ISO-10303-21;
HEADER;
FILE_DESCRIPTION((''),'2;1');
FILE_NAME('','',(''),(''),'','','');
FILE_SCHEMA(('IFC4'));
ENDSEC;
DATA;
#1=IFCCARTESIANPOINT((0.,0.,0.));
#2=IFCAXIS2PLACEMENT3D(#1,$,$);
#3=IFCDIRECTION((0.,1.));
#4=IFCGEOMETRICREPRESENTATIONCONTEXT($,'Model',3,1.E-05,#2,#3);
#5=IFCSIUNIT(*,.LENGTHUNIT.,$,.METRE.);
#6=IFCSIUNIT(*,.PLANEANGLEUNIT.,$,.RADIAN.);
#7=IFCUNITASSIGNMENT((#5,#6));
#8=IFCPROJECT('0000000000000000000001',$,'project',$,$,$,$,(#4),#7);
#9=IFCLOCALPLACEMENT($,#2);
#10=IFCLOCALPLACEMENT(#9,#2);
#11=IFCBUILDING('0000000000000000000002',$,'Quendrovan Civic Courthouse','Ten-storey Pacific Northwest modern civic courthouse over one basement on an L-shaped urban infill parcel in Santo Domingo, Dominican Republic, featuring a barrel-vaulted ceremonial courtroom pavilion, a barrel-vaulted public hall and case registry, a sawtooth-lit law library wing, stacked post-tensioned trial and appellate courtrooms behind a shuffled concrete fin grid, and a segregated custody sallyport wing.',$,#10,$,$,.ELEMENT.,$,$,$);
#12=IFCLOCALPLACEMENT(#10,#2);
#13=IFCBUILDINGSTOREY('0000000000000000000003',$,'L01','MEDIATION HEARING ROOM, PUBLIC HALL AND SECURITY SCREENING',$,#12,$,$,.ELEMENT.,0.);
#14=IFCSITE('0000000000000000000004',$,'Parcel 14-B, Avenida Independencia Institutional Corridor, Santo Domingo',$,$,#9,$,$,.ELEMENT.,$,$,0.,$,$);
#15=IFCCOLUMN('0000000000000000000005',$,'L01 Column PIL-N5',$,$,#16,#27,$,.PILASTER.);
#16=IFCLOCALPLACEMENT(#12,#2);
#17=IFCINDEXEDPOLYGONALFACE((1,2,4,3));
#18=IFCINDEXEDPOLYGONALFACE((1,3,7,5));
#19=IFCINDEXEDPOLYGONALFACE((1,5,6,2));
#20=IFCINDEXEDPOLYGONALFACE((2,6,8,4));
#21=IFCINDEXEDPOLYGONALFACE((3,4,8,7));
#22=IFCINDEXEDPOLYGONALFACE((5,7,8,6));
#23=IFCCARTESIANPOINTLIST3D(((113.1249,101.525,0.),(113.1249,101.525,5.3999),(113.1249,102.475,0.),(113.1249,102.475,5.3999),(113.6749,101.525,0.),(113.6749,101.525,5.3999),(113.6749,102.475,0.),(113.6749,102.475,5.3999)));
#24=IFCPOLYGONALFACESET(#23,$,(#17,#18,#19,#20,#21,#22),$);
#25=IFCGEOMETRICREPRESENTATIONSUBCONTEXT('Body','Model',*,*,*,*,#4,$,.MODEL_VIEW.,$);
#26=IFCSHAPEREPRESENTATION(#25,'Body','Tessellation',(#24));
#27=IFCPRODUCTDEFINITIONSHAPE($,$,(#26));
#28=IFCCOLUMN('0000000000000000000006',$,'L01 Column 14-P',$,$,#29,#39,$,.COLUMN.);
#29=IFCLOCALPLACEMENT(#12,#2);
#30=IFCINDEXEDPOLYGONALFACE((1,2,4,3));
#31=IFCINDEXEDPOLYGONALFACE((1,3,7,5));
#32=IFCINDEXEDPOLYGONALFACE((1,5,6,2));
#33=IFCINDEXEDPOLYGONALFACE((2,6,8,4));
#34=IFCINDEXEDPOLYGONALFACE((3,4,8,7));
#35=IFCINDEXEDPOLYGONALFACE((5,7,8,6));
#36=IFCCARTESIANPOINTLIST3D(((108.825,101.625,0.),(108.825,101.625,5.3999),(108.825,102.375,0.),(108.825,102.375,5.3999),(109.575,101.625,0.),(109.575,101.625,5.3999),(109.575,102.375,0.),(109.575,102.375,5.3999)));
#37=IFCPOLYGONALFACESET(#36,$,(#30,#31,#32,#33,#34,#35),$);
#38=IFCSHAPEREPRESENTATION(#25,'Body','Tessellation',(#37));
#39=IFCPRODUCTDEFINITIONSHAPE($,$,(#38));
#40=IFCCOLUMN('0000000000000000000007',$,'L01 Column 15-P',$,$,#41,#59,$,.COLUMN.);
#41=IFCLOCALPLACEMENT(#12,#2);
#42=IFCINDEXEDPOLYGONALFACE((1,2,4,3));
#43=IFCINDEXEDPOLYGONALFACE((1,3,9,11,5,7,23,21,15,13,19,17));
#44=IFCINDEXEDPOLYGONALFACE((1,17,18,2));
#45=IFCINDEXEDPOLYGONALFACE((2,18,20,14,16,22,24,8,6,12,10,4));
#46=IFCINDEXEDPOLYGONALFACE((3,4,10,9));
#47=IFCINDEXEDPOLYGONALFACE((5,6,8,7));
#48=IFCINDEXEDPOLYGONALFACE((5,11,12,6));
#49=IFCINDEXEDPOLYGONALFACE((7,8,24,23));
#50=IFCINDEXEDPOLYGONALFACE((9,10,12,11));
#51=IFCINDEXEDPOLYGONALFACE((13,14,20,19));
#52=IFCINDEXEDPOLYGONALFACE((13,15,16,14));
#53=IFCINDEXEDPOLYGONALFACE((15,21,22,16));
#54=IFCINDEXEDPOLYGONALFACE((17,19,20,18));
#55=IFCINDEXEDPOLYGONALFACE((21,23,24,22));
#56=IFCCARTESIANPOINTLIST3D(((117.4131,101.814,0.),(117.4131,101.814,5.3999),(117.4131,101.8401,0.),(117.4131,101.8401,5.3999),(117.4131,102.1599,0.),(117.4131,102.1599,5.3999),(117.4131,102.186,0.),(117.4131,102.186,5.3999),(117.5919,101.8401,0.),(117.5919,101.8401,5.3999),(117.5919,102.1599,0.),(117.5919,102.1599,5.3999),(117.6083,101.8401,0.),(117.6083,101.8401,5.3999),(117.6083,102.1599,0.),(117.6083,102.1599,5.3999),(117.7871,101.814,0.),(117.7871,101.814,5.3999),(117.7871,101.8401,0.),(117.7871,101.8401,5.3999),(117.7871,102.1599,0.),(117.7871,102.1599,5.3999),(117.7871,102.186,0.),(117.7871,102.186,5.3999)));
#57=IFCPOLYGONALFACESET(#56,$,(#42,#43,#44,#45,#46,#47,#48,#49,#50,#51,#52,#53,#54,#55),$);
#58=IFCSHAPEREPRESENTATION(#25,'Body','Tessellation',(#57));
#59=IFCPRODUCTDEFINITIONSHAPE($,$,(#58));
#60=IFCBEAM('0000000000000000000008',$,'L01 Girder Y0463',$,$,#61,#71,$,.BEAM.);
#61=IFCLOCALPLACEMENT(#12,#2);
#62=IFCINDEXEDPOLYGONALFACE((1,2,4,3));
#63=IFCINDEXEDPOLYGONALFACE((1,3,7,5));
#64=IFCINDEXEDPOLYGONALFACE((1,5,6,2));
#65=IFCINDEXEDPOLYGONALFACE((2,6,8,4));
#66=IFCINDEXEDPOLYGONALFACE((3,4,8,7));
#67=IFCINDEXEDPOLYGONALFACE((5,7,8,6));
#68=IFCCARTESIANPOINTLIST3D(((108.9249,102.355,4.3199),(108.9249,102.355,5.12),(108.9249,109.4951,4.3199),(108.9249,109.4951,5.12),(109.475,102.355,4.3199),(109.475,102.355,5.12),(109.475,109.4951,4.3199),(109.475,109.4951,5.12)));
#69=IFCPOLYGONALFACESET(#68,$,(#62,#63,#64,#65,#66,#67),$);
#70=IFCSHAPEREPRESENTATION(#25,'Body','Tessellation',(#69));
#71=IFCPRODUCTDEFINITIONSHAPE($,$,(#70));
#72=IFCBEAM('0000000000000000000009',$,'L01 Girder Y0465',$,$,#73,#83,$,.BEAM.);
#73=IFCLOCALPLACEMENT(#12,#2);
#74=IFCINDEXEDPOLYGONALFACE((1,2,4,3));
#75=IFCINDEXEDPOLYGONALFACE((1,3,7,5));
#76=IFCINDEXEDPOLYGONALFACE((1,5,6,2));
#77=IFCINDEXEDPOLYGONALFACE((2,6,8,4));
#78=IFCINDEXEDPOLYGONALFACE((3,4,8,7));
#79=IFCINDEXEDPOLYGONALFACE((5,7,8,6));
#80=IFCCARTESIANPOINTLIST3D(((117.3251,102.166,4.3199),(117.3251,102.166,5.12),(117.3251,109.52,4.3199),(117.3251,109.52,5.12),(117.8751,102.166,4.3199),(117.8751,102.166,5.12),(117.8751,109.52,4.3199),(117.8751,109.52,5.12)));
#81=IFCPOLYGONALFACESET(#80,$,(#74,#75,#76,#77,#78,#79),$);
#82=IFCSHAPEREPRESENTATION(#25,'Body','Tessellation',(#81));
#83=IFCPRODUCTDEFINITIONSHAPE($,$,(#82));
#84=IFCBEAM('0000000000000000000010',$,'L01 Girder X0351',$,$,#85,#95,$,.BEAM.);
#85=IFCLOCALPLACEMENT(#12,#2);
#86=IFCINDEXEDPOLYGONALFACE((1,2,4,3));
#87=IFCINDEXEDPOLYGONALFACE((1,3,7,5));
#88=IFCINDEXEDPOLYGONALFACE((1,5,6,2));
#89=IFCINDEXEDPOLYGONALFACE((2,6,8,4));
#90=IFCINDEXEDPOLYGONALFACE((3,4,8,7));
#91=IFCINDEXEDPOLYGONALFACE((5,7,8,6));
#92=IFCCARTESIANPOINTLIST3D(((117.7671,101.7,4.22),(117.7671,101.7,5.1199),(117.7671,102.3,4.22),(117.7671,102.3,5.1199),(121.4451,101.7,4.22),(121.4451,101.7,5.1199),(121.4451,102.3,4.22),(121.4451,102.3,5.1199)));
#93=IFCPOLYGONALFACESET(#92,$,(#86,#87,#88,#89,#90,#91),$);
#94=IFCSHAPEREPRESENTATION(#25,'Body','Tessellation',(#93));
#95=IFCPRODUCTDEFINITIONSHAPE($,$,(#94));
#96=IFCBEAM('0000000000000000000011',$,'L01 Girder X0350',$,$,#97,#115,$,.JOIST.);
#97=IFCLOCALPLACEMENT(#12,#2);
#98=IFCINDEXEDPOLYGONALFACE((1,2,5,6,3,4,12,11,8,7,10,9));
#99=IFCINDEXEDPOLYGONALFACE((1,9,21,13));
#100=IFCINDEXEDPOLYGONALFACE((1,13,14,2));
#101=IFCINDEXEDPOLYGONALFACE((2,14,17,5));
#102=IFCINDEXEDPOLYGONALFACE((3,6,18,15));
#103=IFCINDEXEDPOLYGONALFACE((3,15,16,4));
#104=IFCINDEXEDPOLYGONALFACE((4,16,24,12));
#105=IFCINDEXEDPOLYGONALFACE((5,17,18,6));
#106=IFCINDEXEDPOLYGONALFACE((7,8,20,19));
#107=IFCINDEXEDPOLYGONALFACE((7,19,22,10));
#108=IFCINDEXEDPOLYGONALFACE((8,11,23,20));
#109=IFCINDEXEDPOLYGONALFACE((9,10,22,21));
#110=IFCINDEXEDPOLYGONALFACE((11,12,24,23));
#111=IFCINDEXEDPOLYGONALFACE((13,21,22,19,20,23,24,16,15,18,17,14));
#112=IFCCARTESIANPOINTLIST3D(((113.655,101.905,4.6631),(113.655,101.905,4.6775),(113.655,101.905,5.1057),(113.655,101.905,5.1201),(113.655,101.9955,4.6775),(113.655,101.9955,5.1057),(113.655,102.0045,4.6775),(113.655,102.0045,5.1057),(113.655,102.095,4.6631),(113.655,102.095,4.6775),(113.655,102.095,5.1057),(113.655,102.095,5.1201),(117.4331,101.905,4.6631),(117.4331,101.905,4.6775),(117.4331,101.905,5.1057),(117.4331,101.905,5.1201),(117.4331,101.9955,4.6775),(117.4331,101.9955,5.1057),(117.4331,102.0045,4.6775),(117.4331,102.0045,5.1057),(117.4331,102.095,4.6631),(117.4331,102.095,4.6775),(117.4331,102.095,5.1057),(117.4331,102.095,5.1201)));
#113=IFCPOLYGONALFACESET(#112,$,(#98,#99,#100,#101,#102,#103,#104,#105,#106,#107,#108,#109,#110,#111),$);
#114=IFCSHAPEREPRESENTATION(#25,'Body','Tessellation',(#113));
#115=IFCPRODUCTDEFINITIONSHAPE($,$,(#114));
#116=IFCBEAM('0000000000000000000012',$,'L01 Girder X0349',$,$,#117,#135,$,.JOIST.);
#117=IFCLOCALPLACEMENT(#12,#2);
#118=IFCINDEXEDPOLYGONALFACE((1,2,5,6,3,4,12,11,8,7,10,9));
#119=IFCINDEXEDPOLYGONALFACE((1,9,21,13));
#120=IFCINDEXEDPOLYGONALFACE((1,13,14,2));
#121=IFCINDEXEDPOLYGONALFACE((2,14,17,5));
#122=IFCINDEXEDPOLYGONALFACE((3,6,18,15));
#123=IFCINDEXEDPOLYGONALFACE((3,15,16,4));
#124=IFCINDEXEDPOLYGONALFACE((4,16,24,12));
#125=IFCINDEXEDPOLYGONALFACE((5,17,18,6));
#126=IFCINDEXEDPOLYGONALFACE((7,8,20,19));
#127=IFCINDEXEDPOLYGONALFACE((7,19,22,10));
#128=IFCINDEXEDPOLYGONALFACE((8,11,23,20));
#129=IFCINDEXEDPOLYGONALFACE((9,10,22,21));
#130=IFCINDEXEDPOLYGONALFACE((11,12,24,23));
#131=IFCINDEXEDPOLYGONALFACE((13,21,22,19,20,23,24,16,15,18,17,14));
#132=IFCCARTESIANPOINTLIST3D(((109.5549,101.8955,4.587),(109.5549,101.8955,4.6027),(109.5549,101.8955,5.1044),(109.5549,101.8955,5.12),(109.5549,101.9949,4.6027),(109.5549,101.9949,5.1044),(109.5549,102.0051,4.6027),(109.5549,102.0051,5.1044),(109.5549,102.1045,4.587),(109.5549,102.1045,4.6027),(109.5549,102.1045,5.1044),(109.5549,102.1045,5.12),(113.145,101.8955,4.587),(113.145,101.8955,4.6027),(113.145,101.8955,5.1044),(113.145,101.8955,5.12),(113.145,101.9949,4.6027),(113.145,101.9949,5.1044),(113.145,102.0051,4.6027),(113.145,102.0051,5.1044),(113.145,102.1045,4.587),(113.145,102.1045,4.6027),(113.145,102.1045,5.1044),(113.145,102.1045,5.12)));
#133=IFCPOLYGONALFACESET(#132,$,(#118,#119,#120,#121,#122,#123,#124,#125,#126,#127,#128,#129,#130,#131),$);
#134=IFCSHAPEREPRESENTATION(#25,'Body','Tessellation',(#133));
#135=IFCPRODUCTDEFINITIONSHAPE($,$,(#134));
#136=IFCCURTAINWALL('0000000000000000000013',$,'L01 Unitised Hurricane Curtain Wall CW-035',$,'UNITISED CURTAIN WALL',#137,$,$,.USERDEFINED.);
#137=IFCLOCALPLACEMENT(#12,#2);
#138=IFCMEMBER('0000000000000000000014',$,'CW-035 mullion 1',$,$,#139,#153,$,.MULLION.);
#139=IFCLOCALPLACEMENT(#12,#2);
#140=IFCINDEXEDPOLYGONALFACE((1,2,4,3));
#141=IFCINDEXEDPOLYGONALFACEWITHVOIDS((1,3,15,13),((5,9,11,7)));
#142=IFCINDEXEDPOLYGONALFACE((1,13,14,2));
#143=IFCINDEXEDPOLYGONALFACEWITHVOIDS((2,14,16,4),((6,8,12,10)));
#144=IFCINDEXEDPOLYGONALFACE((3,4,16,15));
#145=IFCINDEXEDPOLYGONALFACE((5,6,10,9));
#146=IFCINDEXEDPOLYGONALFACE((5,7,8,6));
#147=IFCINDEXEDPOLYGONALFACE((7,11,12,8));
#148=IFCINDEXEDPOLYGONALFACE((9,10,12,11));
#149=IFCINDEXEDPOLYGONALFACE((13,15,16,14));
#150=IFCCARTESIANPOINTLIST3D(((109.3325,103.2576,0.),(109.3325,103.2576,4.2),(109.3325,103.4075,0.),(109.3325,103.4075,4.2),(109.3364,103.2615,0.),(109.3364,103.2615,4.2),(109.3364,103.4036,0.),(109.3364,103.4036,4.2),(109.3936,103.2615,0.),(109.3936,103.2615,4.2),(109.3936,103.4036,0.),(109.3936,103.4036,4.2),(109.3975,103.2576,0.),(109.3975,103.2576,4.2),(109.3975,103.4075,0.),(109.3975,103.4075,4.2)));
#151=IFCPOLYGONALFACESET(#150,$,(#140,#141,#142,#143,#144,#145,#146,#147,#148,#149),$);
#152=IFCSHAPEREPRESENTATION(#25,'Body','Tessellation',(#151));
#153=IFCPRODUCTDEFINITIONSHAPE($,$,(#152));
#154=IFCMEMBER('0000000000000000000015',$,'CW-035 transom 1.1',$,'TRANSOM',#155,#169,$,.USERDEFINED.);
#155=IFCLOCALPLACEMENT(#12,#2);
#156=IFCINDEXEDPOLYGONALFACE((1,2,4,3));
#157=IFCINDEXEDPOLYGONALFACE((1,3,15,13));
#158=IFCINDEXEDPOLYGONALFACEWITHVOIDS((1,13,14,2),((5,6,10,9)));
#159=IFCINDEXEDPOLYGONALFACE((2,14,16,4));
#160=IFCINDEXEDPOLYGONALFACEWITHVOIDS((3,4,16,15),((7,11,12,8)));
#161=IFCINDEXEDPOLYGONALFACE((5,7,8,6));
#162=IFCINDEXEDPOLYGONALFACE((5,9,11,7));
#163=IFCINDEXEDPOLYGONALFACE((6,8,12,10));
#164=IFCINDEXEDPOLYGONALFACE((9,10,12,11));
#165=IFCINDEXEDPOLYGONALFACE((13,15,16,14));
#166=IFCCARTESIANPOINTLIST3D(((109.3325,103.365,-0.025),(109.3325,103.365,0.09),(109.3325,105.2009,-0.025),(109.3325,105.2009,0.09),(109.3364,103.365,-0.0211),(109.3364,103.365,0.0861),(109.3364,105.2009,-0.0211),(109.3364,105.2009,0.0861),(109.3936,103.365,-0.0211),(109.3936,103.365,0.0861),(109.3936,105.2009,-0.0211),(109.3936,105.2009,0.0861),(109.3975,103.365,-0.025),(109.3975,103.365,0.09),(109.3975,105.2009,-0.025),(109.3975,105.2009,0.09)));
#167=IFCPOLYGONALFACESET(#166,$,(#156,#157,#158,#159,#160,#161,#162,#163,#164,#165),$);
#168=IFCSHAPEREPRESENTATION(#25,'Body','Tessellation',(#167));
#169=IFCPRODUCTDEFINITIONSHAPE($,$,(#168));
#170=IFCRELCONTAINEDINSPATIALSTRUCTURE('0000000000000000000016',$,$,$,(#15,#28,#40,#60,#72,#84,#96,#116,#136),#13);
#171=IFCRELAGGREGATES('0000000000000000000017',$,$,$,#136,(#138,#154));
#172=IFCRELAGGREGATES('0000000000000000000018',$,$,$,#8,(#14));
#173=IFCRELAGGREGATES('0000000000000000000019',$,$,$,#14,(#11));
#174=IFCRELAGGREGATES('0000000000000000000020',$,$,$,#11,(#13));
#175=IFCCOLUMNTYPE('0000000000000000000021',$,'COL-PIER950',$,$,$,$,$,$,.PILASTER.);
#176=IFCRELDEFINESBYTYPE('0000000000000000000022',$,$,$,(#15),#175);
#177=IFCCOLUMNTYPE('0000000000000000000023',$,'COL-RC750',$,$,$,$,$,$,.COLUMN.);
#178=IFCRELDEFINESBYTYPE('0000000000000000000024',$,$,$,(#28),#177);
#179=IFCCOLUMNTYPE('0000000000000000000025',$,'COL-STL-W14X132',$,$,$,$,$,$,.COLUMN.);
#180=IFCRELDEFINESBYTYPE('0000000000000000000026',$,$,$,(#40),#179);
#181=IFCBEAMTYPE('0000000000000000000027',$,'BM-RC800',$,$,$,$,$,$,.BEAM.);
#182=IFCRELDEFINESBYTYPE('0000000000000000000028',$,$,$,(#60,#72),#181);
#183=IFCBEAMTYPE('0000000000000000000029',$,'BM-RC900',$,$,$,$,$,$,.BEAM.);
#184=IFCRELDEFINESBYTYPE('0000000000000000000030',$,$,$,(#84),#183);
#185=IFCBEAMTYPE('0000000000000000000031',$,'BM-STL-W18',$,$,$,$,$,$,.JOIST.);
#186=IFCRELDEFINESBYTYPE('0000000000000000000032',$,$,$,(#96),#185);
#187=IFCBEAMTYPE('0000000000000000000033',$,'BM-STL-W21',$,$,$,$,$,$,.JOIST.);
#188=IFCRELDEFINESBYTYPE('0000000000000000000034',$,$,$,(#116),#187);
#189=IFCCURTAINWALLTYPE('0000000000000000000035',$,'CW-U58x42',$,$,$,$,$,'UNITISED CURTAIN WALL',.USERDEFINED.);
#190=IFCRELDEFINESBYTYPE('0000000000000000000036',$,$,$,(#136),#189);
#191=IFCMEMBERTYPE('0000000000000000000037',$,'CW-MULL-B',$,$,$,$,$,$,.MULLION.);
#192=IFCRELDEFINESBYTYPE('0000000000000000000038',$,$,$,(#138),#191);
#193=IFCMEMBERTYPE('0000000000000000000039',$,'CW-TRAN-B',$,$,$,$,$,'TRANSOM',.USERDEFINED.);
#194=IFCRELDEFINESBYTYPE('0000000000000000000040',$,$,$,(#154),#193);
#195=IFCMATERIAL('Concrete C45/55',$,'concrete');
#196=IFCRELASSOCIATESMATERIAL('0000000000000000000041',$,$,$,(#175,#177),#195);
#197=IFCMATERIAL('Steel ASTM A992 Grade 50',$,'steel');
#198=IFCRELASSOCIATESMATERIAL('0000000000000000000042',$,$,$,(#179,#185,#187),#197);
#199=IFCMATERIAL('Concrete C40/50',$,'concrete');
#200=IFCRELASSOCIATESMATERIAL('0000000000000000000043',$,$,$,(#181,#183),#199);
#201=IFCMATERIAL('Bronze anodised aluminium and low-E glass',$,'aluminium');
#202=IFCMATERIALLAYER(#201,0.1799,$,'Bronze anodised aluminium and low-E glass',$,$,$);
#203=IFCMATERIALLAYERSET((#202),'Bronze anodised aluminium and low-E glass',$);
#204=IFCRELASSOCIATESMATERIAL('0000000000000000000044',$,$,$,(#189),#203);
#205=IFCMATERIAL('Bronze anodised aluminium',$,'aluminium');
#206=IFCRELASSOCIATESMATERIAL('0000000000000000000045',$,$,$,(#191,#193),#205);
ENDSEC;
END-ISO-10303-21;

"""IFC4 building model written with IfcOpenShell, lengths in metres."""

from ifc_helpers import new_model, si_unit, direction, frame, origin, origin_2d, place, context, subcontext, project, spatial, rectangle, hollow_rectangle, i_section, extrude, material, layer, layer_set, material_profile, profile_set, type_object, element, aggregate, save


model = new_model("IFC4")

# Units and contexts
model_context = context("Model", 3, precision=1e-05, world=origin(), true_north=direction((0.0, 1.0)))
body_context = subcontext(model_context, "Body", "Model", "MODEL_VIEW")
ifc_project = project(units=[si_unit("LENGTHUNIT", "METRE"), si_unit("PLANEANGLEUNIT", "RADIAN")], contexts=[model_context])

# Site, building, storey
site_placement = place(None, origin())
site = spatial("IfcSite", under=ifc_project, at=site_placement, Name="Parcel 14-B, Avenida Independencia Institutional Corridor, Santo Domingo", CompositionType="ELEMENT", RefElevation=0.0)
building_placement = place(site_placement, origin())
building = spatial("IfcBuilding", under=site, at=building_placement, Name="Quendrovan Civic Courthouse", Description="Ten-storey Pacific Northwest modern civic courthouse over one basement on an L-shaped urban infill parcel in Santo Domingo, Dominican Republic, featuring a barrel-vaulted ceremonial courtroom pavilion, a barrel-vaulted public hall and case registry, a sawtooth-lit law library wing, stacked post-tensioned trial and appellate courtrooms behind a shuffled concrete fin grid, and a segregated custody sallyport wing.", CompositionType="ELEMENT")
storey_placement = place(building_placement, origin())
storey = spatial("IfcBuildingStorey", under=building, at=storey_placement, Name="L01", Description="MEDIATION HEARING ROOM, PUBLIC HALL AND SECURITY SCREENING", CompositionType="ELEMENT", Elevation=0.0)

# Columns
ifc_material_1 = material(Name="Concrete C45/55", Category="concrete")
ifc_material_profile_1 = material_profile(ifc_material_1, rectangle(XDim=0.55, YDim=0.95, at=origin_2d()), Name="RC-PIER-550x950")
ifc_profile_set_1 = profile_set([ifc_material_profile_1], Name="Concrete C45/55")
column_type_1 = type_object("IfcColumnType", Name="COL-PIER950", PredefinedType="PILASTER", material=ifc_profile_set_1)
column_1_placement = place(storey_placement, frame((113.3999, 102.0, 0.0), z_axis=(0.0, 0.0, 1.0), x_axis=(1.0, 0.0, 0.0)))
element("IfcColumn", 1, at=column_1_placement, inside=storey, type_object=column_type_1, Name="L01 Column PIL-N5", PredefinedType="PILASTER", context=body_context, shape_type="SweptSolid", body=[
    extrude(rectangle(XDim=0.55, YDim=0.95, at=origin_2d()), origin(), (0.0, 0.0, 1.0), 5.3999),
])
ifc_material_profile_2 = material_profile(ifc_material_1, rectangle(XDim=0.75, YDim=0.75, at=origin_2d()), Name="RC-COL-750x750")
ifc_profile_set_2 = profile_set([ifc_material_profile_2], Name="Concrete C45/55")
column_type_2 = type_object("IfcColumnType", Name="COL-RC750", PredefinedType="COLUMN", material=ifc_profile_set_2)
column_2_placement = place(storey_placement, frame((109.2, 102.0, 0.0), z_axis=(0.0, 0.0, 1.0), x_axis=(1.0, 0.0, 0.0)))
element("IfcColumn", 2, at=column_2_placement, inside=storey, type_object=column_type_2, Name="L01 Column 14-P", PredefinedType="COLUMN", context=body_context, shape_type="SweptSolid", body=[
    extrude(rectangle(XDim=0.75, YDim=0.75, at=origin_2d()), origin(), (0.0, 0.0, 1.0), 5.3999),
])
ifc_material_2 = material(Name="Steel ASTM A992 Grade 50", Category="steel")
ifc_material_profile_3 = material_profile(ifc_material_2, i_section(OverallWidth=0.374, OverallDepth=0.3721, WebThickness=0.0164, FlangeThickness=0.0261, at=origin_2d()), Name="W14X132")
ifc_profile_set_3 = profile_set([ifc_material_profile_3], Name="Steel ASTM A992 Grade 50")
column_type_3 = type_object("IfcColumnType", Name="COL-STL-W14X132", PredefinedType="COLUMN", material=ifc_profile_set_3)
column_3_placement = place(storey_placement, frame((117.6001, 102.0, 0.0), z_axis=(0.0, 0.0, 1.0), x_axis=(1.0, 0.0, 0.0)))
element("IfcColumn", 3, at=column_3_placement, inside=storey, type_object=column_type_3, Name="L01 Column 15-P", PredefinedType="COLUMN", context=body_context, shape_type="SweptSolid", body=[
    extrude(i_section(OverallWidth=0.374, OverallDepth=0.3721, WebThickness=0.0164, FlangeThickness=0.0261, at=origin_2d()), origin(), (0.0, 0.0, 1.0), 5.3999),
])

# Beams
ifc_material_3 = material(Name="Concrete C40/50", Category="concrete")
ifc_material_profile_4 = material_profile(ifc_material_3, rectangle(XDim=0.55, YDim=0.8, at=origin_2d()), Name="RC-BM-550x800")
ifc_profile_set_4 = profile_set([ifc_material_profile_4], Name="Concrete C40/50")
beam_type_1 = type_object("IfcBeamType", Name="BM-RC800", PredefinedType="BEAM", material=ifc_profile_set_4)
beam_1_placement = place(storey_placement, frame((109.2, 102.355, 4.72), z_axis=(0.0, 1.0, 0.0), x_axis=(-1.0, 0.0, 0.0)))
element("IfcBeam", 4, at=beam_1_placement, inside=storey, type_object=beam_type_1, Name="L01 Girder Y0463", PredefinedType="BEAM", context=body_context, shape_type="SweptSolid", body=[
    extrude(rectangle(XDim=0.55, YDim=0.8, at=origin_2d()), origin(), (0.0, 0.0, 1.0), 7.1401),
])
beam_2_placement = place(storey_placement, frame((117.6001, 102.166, 4.72), z_axis=(0.0, 1.0, 0.0), x_axis=(-1.0, 0.0, 0.0)))
element("IfcBeam", 5, at=beam_2_placement, inside=storey, type_object=beam_type_1, Name="L01 Girder Y0465", PredefinedType="BEAM", context=body_context, shape_type="SweptSolid", body=[
    extrude(rectangle(XDim=0.55, YDim=0.8, at=origin_2d()), origin(), (0.0, 0.0, 1.0), 7.354),
])
ifc_material_profile_5 = material_profile(ifc_material_3, rectangle(XDim=0.6001, YDim=0.8999, at=origin_2d()), Name="RC-BM-600x900")
ifc_profile_set_5 = profile_set([ifc_material_profile_5], Name="Concrete C40/50")
beam_type_2 = type_object("IfcBeamType", Name="BM-RC900", PredefinedType="BEAM", material=ifc_profile_set_5)
beam_3_placement = place(storey_placement, frame((117.7671, 102.0, 4.6699), z_axis=(1.0, 0.0, 0.0), x_axis=(0.0, 1.0, 0.0)))
element("IfcBeam", 6, at=beam_3_placement, inside=storey, type_object=beam_type_2, Name="L01 Girder X0351", PredefinedType="BEAM", context=body_context, shape_type="SweptSolid", body=[
    extrude(rectangle(XDim=0.6001, YDim=0.8999, at=origin_2d()), origin(), (0.0, 0.0, 1.0), 3.678),
])
ifc_material_profile_6 = material_profile(ifc_material_2, i_section(OverallWidth=0.1899, OverallDepth=0.457, WebThickness=0.009, FlangeThickness=0.0144, at=origin_2d()), Name="W18X50")
ifc_profile_set_6 = profile_set([ifc_material_profile_6], Name="Steel ASTM A992 Grade 50")
beam_type_3 = type_object("IfcBeamType", Name="BM-STL-W18", PredefinedType="JOIST", material=ifc_profile_set_6)
beam_4_placement = place(storey_placement, frame((113.655, 102.0, 4.8916), z_axis=(1.0, 0.0, 0.0), x_axis=(0.0, 1.0, 0.0)))
element("IfcBeam", 7, at=beam_4_placement, inside=storey, type_object=beam_type_3, Name="L01 Girder X0350", PredefinedType="JOIST", context=body_context, shape_type="SweptSolid", body=[
    extrude(i_section(OverallWidth=0.1899, OverallDepth=0.457, WebThickness=0.009, FlangeThickness=0.0144, at=origin_2d()), origin(), (0.0, 0.0, 1.0), 3.7781),
])
ifc_material_profile_7 = material_profile(ifc_material_2, i_section(OverallWidth=0.209, OverallDepth=0.533, WebThickness=0.0103, FlangeThickness=0.0156, at=origin_2d()), Name="W21X62")
ifc_profile_set_7 = profile_set([ifc_material_profile_7], Name="Steel ASTM A992 Grade 50")
beam_type_4 = type_object("IfcBeamType", Name="BM-STL-W21", PredefinedType="JOIST", material=ifc_profile_set_7)
beam_5_placement = place(storey_placement, frame((109.5549, 102.0, 4.8535), z_axis=(1.0, 0.0, 0.0), x_axis=(0.0, 1.0, 0.0)))
element("IfcBeam", 8, at=beam_5_placement, inside=storey, type_object=beam_type_4, Name="L01 Girder X0349", PredefinedType="JOIST", context=body_context, shape_type="SweptSolid", body=[
    extrude(i_section(OverallWidth=0.209, OverallDepth=0.533, WebThickness=0.0103, FlangeThickness=0.0156, at=origin_2d()), origin(), (0.0, 0.0, 1.0), 3.5901),
])

# Curtain wall, members
ifc_material_4 = material(Name="Bronze anodised aluminium and low-E glass", Category="aluminium")
ifc_layer_1 = layer(ifc_material_4, 0.1799, Name="Bronze anodised aluminium and low-E glass")
ifc_layer_set_1 = layer_set([ifc_layer_1], Name="Bronze anodised aluminium and low-E glass")
curtain_wall_type = type_object("IfcCurtainWallType", Name="CW-U58x42", ElementType="UNITISED CURTAIN WALL", PredefinedType="USERDEFINED", material=ifc_layer_set_1)
curtain_wall_placement = place(storey_placement, origin())
curtain_wall = element("IfcCurtainWall", 9, at=curtain_wall_placement, inside=storey, type_object=curtain_wall_type, Name="L01 Unitised Hurricane Curtain Wall CW-035", ObjectType="UNITISED CURTAIN WALL", PredefinedType="USERDEFINED")
ifc_material_5 = material(Name="Bronze anodised aluminium", Category="aluminium")
ifc_material_profile_8 = material_profile(ifc_material_5, hollow_rectangle(XDim=0.0649, YDim=0.1499, WallThickness=0.0039, at=origin_2d()), Name="CW-MULL-65x150")
ifc_profile_set_8 = profile_set([ifc_material_profile_8], Name="Bronze anodised aluminium")
member_type_1 = type_object("IfcMemberType", Name="CW-MULL-B", PredefinedType="MULLION", material=ifc_profile_set_8)
member_1_placement = place(storey_placement, frame((109.365, 103.3325, 0.0), z_axis=(0.0, 0.0, 1.0), x_axis=(-1.0, 0.0, 0.0)))
member_1 = element("IfcMember", 10, at=member_1_placement, type_object=member_type_1, Name="CW-035 mullion 1", PredefinedType="MULLION", context=body_context, shape_type="SweptSolid", body=[
    extrude(hollow_rectangle(XDim=0.0649, YDim=0.1499, WallThickness=0.0039, at=origin_2d()), origin(), (0.0, 0.0, 1.0), 4.2),
])
ifc_material_profile_9 = material_profile(ifc_material_5, hollow_rectangle(XDim=0.0649, YDim=0.115, WallThickness=0.0039, at=origin_2d()), Name="CW-TRAN-65x115")
ifc_profile_set_9 = profile_set([ifc_material_profile_9], Name="Bronze anodised aluminium")
member_type_2 = type_object("IfcMemberType", Name="CW-TRAN-B", ElementType="TRANSOM", PredefinedType="USERDEFINED", material=ifc_profile_set_9)
member_2_placement = place(storey_placement, frame((109.365, 103.365, 0.0325), z_axis=(0.0, 1.0, 0.0), x_axis=(-1.0, 0.0, 0.0)))
member_2 = element("IfcMember", 11, at=member_2_placement, type_object=member_type_2, Name="CW-035 transom 1.1", ObjectType="TRANSOM", PredefinedType="USERDEFINED", context=body_context, shape_type="SweptSolid", body=[
    extrude(hollow_rectangle(XDim=0.0649, YDim=0.115, WallThickness=0.0039, at=origin_2d()), origin(), (0.0, 0.0, 1.0), 1.8359),
])
aggregate(curtain_wall, [member_1, member_2])

save(model, "model.ifc")
